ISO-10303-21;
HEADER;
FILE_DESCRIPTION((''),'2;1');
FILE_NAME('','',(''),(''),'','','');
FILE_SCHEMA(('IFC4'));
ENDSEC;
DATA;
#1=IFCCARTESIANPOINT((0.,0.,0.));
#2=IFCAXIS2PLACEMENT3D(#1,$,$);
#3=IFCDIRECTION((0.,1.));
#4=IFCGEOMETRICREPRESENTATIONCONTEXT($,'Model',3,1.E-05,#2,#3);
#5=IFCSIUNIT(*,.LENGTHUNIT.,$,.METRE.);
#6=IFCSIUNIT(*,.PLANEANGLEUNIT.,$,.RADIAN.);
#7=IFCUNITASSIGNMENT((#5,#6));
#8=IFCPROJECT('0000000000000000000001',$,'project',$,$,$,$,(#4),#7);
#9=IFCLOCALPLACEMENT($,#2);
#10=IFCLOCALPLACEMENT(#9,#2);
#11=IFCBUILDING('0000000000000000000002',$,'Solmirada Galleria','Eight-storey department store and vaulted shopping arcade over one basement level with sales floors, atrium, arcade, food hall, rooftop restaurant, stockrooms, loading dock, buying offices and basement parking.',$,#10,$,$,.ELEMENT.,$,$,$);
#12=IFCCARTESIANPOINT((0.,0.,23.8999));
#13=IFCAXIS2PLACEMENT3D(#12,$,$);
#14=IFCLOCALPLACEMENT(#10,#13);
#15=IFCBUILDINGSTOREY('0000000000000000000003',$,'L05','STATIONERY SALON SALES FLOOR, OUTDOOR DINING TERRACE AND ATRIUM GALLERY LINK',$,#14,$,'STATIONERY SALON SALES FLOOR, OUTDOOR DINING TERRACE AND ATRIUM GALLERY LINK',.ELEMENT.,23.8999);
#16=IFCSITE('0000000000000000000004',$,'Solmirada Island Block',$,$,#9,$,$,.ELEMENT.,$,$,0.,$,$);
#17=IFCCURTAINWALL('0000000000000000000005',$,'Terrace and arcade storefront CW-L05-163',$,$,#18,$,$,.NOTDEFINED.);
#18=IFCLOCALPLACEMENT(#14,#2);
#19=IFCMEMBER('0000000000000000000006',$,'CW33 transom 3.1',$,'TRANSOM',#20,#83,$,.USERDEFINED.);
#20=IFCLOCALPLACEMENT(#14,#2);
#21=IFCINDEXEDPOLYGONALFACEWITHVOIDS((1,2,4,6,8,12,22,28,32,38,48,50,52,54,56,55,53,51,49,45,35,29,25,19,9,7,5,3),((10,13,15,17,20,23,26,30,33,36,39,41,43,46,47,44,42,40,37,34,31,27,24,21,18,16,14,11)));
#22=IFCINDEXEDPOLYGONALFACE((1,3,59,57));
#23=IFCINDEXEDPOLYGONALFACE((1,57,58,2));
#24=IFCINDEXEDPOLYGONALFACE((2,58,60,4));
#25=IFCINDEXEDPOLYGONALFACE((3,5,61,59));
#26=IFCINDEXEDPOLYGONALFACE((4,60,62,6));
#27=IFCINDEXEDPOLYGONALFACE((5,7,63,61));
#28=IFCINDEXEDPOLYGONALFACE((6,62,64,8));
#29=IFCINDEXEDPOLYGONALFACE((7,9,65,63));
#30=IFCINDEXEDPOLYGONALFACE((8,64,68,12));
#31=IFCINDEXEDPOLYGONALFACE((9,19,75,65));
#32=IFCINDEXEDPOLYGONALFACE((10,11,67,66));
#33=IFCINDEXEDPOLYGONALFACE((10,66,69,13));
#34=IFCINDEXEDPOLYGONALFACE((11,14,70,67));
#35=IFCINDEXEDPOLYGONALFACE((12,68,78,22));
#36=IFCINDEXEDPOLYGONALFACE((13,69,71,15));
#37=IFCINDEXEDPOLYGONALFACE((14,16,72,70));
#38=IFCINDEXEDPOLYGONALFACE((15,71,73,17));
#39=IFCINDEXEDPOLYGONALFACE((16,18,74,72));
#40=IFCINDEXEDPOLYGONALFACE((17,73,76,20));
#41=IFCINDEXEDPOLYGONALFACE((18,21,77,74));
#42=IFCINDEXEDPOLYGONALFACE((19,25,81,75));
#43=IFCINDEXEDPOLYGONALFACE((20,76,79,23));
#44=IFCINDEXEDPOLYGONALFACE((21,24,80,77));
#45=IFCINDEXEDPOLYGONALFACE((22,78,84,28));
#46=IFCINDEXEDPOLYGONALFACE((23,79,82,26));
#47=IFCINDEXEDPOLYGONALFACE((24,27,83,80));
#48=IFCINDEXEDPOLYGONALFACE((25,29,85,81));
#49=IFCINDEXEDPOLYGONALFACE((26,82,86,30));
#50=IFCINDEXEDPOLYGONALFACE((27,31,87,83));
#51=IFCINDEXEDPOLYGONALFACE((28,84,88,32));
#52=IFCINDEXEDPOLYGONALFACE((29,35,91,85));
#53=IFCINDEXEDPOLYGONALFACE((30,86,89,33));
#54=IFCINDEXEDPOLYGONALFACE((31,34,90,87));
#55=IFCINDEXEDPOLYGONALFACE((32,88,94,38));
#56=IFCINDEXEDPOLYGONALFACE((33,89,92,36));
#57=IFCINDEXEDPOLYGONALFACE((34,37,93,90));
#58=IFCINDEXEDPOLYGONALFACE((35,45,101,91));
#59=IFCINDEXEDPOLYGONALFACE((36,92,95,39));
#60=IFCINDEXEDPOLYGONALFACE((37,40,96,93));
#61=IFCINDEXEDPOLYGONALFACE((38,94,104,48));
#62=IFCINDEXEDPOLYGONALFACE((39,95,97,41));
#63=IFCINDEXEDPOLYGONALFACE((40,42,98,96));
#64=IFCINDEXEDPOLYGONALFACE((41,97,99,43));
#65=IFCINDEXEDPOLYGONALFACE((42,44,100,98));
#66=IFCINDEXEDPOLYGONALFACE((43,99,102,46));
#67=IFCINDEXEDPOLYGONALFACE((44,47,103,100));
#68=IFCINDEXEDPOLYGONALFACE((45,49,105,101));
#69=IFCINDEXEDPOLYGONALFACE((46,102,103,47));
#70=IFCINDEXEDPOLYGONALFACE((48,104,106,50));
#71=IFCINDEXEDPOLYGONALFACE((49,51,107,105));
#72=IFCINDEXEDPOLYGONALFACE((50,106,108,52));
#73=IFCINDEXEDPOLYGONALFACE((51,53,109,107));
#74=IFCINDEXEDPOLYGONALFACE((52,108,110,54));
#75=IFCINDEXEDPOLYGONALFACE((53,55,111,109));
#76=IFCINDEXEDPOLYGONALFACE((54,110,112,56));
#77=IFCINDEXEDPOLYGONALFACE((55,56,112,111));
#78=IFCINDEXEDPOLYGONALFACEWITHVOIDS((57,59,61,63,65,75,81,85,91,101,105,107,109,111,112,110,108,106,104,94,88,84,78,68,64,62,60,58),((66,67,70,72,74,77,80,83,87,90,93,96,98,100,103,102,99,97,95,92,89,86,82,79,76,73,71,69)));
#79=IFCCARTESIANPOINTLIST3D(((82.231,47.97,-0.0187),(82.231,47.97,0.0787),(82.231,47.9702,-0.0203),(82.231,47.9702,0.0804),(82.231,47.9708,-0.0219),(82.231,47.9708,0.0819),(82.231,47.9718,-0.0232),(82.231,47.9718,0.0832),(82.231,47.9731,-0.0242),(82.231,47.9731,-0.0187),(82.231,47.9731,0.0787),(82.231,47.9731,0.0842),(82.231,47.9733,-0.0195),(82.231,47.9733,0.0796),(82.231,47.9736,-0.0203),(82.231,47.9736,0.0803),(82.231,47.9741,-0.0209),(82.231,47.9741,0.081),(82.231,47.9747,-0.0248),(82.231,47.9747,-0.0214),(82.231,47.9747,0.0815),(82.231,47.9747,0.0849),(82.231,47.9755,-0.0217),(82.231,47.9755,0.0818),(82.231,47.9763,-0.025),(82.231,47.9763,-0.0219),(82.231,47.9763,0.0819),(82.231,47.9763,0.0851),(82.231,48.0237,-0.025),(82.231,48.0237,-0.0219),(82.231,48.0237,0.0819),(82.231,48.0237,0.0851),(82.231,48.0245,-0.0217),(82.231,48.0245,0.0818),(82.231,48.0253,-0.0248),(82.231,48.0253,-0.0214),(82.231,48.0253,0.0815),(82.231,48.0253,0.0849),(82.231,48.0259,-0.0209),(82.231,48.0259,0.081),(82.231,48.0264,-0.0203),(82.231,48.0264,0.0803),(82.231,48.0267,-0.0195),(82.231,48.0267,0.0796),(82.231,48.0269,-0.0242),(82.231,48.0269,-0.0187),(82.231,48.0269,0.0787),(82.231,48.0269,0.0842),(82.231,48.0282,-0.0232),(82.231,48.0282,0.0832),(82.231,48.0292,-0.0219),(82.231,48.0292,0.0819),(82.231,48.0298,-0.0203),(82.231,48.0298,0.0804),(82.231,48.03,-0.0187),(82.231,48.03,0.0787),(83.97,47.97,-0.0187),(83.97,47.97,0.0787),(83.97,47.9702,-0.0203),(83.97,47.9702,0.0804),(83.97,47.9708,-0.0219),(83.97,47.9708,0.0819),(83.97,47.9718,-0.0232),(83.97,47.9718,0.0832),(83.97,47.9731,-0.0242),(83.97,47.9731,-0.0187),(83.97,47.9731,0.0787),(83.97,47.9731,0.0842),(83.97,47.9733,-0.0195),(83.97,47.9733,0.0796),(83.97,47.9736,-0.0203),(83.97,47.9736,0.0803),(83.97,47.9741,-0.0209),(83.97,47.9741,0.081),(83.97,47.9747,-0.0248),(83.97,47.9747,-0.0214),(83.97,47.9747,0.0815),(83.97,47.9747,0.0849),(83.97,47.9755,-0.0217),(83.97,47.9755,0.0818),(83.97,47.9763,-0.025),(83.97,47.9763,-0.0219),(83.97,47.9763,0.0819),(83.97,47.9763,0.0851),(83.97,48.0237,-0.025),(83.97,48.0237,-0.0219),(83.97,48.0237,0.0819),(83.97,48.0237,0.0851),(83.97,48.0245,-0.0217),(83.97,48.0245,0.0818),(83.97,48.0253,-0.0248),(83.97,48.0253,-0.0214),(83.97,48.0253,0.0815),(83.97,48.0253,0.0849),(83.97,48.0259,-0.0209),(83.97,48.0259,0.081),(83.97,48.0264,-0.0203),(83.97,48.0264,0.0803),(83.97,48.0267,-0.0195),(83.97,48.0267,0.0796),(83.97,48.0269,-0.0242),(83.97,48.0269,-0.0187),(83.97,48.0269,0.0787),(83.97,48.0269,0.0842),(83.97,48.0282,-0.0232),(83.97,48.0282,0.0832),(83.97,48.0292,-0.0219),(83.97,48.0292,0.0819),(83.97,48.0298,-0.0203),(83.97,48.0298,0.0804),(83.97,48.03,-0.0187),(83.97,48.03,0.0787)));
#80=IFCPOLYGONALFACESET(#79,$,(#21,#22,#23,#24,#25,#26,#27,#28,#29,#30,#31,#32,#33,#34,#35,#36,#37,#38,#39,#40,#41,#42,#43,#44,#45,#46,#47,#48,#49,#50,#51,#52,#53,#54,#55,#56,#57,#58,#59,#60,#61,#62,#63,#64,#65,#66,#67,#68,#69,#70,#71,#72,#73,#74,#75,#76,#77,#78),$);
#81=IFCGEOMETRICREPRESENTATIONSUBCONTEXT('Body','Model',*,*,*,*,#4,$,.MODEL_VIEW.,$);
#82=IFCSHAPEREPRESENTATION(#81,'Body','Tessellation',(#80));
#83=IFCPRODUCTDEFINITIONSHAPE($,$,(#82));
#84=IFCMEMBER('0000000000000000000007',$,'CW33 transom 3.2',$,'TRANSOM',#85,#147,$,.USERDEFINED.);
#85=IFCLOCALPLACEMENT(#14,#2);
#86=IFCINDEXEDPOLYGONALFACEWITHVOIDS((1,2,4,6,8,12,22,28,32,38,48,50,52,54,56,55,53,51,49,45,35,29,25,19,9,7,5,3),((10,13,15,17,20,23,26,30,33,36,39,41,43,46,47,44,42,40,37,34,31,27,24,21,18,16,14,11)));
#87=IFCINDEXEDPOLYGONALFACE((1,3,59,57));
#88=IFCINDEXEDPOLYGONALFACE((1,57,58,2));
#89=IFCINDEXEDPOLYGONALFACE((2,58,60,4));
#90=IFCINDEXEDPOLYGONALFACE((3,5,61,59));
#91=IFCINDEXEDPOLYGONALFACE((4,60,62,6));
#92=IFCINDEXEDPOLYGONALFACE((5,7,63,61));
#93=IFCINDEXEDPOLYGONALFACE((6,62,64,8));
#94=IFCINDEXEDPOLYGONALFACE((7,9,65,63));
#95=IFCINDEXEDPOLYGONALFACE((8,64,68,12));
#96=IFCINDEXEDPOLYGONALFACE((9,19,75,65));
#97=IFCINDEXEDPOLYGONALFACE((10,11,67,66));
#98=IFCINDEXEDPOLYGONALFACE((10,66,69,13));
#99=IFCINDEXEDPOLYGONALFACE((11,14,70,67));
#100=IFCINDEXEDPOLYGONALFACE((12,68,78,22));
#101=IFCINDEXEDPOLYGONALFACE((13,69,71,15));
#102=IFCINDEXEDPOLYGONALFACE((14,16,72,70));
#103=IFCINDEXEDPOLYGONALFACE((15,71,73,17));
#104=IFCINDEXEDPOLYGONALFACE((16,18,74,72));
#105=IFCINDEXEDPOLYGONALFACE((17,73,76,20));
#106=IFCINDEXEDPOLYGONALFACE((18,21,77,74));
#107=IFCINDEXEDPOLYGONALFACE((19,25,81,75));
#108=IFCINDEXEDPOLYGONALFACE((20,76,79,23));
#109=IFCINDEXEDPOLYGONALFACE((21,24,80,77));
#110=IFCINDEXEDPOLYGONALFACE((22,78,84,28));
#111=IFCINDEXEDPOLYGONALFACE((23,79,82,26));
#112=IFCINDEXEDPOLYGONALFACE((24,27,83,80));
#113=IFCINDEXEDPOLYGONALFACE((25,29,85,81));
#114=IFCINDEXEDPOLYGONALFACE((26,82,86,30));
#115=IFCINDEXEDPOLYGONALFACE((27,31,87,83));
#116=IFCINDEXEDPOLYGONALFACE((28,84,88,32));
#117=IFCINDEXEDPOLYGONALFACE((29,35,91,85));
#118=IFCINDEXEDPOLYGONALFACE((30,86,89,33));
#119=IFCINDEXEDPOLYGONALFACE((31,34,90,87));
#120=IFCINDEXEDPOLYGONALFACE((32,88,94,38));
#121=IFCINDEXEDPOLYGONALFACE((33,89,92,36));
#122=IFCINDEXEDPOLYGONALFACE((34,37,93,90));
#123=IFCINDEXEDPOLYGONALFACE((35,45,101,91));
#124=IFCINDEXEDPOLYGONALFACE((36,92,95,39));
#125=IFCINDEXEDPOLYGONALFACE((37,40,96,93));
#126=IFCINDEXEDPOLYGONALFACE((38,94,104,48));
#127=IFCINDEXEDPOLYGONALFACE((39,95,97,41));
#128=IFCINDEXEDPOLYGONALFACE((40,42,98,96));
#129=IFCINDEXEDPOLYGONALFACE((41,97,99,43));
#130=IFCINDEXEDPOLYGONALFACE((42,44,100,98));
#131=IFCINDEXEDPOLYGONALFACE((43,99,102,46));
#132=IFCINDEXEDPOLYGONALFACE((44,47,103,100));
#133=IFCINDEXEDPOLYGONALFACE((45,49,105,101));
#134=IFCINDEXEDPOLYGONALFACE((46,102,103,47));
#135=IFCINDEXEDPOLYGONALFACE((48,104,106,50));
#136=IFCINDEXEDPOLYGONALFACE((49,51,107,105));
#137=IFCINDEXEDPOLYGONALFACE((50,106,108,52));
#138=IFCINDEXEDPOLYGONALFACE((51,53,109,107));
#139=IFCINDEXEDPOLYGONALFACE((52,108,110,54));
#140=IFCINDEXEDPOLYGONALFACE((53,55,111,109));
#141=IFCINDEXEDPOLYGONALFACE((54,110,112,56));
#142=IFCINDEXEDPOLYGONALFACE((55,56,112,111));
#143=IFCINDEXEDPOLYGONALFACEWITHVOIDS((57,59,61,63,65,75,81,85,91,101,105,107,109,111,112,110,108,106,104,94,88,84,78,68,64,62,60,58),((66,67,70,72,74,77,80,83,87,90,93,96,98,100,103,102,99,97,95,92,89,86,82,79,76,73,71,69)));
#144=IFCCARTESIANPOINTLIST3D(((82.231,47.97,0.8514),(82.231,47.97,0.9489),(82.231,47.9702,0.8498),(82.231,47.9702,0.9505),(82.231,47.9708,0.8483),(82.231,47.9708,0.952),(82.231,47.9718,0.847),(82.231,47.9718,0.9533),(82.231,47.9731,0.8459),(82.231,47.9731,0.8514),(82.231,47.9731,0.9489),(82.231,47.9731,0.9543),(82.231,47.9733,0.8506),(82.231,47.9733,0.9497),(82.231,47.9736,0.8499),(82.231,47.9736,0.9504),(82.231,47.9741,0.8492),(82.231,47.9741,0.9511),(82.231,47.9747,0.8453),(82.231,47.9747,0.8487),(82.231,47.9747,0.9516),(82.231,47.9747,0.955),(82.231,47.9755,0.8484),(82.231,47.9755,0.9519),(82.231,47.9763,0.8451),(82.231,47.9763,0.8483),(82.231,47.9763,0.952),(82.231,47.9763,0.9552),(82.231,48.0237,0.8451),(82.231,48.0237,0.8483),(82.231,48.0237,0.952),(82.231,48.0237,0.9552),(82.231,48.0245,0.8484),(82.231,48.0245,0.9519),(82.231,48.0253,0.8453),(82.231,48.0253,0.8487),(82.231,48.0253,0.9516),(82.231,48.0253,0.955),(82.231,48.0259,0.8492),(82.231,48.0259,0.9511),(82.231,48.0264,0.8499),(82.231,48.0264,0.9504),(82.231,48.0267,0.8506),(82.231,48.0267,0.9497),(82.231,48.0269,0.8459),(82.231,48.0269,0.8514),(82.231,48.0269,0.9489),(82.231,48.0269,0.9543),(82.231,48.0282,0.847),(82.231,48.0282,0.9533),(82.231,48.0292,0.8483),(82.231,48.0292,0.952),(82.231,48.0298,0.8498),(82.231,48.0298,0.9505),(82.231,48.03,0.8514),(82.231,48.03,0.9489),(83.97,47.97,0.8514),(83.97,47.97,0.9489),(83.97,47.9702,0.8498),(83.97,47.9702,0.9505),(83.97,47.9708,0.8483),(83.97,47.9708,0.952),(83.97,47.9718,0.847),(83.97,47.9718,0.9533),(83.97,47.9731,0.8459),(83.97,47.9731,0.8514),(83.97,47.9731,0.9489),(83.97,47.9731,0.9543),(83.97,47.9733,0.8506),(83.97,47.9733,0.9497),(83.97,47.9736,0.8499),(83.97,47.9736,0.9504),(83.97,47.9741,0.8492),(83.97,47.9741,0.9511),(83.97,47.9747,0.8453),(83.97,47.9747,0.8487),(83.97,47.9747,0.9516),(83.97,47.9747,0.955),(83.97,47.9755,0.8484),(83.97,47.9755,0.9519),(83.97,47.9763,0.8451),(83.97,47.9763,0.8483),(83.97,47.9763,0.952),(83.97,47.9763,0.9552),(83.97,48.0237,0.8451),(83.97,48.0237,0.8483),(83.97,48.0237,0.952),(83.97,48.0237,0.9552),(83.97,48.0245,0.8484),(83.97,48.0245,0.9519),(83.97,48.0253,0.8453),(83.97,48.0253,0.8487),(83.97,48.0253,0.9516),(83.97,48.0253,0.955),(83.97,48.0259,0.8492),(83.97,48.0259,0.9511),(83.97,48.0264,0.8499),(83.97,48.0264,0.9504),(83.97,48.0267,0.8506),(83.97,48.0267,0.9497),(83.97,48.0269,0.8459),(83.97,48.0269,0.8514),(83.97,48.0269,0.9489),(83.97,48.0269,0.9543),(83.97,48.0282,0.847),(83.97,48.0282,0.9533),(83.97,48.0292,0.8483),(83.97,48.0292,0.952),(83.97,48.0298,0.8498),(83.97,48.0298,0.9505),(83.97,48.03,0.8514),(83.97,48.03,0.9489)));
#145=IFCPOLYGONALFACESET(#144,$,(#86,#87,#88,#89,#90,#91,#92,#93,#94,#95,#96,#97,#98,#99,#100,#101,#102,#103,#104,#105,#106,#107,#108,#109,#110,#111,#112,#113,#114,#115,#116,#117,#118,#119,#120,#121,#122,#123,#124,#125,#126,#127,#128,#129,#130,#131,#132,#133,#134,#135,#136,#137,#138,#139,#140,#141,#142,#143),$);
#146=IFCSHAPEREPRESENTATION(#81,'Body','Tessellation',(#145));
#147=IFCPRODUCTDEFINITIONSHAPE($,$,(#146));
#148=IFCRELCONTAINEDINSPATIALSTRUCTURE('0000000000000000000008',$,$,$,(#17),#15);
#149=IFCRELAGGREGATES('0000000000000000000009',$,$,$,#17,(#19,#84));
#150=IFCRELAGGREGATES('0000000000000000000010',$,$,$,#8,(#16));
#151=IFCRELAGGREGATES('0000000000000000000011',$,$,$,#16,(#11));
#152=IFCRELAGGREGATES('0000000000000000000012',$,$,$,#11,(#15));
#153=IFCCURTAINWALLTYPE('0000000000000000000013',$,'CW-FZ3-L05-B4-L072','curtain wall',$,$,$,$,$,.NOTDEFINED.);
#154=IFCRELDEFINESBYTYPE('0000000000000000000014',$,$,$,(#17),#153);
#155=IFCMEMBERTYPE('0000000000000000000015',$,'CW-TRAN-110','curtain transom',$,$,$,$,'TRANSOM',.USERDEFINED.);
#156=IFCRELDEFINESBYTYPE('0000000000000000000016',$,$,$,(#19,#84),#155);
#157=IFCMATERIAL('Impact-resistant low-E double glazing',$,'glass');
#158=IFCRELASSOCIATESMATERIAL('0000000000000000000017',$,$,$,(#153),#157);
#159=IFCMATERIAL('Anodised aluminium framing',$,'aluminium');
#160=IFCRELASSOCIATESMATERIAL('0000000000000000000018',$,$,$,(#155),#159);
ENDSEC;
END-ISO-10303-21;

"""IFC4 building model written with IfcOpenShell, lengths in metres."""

from ifc_helpers import new_model, si_unit, direction, frame, origin, origin_2d, place, context, subcontext, project, spatial, hollow_rectangle, extrude, material, material_profile, profile_set, type_object, element, aggregate, save


model = new_model("IFC4")

# Units and contexts
model_context = context("Model", 3, precision=1e-05, world=origin(), true_north=direction((0.0, 1.0)))
body_context = subcontext(model_context, "Body", "Model", "MODEL_VIEW")
ifc_project = project(units=[si_unit("LENGTHUNIT", "METRE"), si_unit("PLANEANGLEUNIT", "RADIAN")], contexts=[model_context])

# Site, building, storey
site_placement = place(None, origin())
site = spatial("IfcSite", under=ifc_project, at=site_placement, Name="Solmirada Island Block", CompositionType="ELEMENT", RefElevation=0.0)
building_placement = place(site_placement, origin())
building = spatial("IfcBuilding", under=site, at=building_placement, Name="Solmirada Galleria", Description="Eight-storey department store and vaulted shopping arcade over one basement level with sales floors, atrium, arcade, food hall, rooftop restaurant, stockrooms, loading dock, buying offices and basement parking.", CompositionType="ELEMENT")
storey_placement = place(building_placement, frame((0.0, 0.0, 23.8999)))
storey = spatial("IfcBuildingStorey", under=building, at=storey_placement, Name="L05", Description="STATIONERY SALON SALES FLOOR, OUTDOOR DINING TERRACE AND ATRIUM GALLERY LINK", LongName="STATIONERY SALON SALES FLOOR, OUTDOOR DINING TERRACE AND ATRIUM GALLERY LINK", CompositionType="ELEMENT", Elevation=23.8999)

# Curtain wall, members
ifc_material_1 = material(Name="Impact-resistant low-E double glazing", Category="glass")
curtain_wall_type = type_object("IfcCurtainWallType", Name="CW-FZ3-L05-B4-L072", Description="curtain wall", PredefinedType="NOTDEFINED", material=ifc_material_1)
curtain_wall_placement = place(storey_placement, origin())
curtain_wall = element("IfcCurtainWall", 1, at=curtain_wall_placement, inside=storey, type_object=curtain_wall_type, Name="Terrace and arcade storefront CW-L05-163", PredefinedType="NOTDEFINED")
ifc_material_2 = material(Name="Anodised aluminium framing", Category="aluminium")
ifc_material_profile_1 = material_profile(ifc_material_2, hollow_rectangle(XDim=0.0601, YDim=0.1101, WallThickness=0.0032, InnerFilletRadius=0.0032, OuterFilletRadius=0.0063, at=origin_2d()), Name="ALU-TRAN-110X60")
ifc_profile_set_1 = profile_set([ifc_material_profile_1], Name="Anodised aluminium framing")
member_type_1 = type_object("IfcMemberType", Name="CW-TRAN-110", Description="curtain transom", ElementType="TRANSOM", PredefinedType="USERDEFINED", material=ifc_profile_set_1)
member_1_placement = place(storey_placement, frame((83.97, 48.0, 0.03), z_axis=(-1.0, 0.0, 0.0), x_axis=(0.0, -1.0, 0.0)))
member_1 = element("IfcMember", 2, at=member_1_placement, type_object=member_type_1, Name="CW33 transom 3.1", ObjectType="TRANSOM", PredefinedType="USERDEFINED", context=body_context, shape_type="SweptSolid", body=[
    extrude(hollow_rectangle(XDim=0.0601, YDim=0.1101, WallThickness=0.0032, InnerFilletRadius=0.0032, OuterFilletRadius=0.0063, at=origin_2d()), origin(), (0.0, 0.0, 1.0), 1.739),
])
member_2_placement = place(storey_placement, frame((83.97, 48.0, 0.9001), z_axis=(-1.0, 0.0, 0.0), x_axis=(0.0, -1.0, 0.0)))
member_2 = element("IfcMember", 3, at=member_2_placement, type_object=member_type_1, Name="CW33 transom 3.2", ObjectType="TRANSOM", PredefinedType="USERDEFINED", context=body_context, shape_type="SweptSolid", body=[
    extrude(hollow_rectangle(XDim=0.0601, YDim=0.1101, WallThickness=0.0032, InnerFilletRadius=0.0032, OuterFilletRadius=0.0063, at=origin_2d()), origin(), (0.0, 0.0, 1.0), 1.739),
])
aggregate(curtain_wall, [member_1, member_2])

save(model, "model.ifc")
